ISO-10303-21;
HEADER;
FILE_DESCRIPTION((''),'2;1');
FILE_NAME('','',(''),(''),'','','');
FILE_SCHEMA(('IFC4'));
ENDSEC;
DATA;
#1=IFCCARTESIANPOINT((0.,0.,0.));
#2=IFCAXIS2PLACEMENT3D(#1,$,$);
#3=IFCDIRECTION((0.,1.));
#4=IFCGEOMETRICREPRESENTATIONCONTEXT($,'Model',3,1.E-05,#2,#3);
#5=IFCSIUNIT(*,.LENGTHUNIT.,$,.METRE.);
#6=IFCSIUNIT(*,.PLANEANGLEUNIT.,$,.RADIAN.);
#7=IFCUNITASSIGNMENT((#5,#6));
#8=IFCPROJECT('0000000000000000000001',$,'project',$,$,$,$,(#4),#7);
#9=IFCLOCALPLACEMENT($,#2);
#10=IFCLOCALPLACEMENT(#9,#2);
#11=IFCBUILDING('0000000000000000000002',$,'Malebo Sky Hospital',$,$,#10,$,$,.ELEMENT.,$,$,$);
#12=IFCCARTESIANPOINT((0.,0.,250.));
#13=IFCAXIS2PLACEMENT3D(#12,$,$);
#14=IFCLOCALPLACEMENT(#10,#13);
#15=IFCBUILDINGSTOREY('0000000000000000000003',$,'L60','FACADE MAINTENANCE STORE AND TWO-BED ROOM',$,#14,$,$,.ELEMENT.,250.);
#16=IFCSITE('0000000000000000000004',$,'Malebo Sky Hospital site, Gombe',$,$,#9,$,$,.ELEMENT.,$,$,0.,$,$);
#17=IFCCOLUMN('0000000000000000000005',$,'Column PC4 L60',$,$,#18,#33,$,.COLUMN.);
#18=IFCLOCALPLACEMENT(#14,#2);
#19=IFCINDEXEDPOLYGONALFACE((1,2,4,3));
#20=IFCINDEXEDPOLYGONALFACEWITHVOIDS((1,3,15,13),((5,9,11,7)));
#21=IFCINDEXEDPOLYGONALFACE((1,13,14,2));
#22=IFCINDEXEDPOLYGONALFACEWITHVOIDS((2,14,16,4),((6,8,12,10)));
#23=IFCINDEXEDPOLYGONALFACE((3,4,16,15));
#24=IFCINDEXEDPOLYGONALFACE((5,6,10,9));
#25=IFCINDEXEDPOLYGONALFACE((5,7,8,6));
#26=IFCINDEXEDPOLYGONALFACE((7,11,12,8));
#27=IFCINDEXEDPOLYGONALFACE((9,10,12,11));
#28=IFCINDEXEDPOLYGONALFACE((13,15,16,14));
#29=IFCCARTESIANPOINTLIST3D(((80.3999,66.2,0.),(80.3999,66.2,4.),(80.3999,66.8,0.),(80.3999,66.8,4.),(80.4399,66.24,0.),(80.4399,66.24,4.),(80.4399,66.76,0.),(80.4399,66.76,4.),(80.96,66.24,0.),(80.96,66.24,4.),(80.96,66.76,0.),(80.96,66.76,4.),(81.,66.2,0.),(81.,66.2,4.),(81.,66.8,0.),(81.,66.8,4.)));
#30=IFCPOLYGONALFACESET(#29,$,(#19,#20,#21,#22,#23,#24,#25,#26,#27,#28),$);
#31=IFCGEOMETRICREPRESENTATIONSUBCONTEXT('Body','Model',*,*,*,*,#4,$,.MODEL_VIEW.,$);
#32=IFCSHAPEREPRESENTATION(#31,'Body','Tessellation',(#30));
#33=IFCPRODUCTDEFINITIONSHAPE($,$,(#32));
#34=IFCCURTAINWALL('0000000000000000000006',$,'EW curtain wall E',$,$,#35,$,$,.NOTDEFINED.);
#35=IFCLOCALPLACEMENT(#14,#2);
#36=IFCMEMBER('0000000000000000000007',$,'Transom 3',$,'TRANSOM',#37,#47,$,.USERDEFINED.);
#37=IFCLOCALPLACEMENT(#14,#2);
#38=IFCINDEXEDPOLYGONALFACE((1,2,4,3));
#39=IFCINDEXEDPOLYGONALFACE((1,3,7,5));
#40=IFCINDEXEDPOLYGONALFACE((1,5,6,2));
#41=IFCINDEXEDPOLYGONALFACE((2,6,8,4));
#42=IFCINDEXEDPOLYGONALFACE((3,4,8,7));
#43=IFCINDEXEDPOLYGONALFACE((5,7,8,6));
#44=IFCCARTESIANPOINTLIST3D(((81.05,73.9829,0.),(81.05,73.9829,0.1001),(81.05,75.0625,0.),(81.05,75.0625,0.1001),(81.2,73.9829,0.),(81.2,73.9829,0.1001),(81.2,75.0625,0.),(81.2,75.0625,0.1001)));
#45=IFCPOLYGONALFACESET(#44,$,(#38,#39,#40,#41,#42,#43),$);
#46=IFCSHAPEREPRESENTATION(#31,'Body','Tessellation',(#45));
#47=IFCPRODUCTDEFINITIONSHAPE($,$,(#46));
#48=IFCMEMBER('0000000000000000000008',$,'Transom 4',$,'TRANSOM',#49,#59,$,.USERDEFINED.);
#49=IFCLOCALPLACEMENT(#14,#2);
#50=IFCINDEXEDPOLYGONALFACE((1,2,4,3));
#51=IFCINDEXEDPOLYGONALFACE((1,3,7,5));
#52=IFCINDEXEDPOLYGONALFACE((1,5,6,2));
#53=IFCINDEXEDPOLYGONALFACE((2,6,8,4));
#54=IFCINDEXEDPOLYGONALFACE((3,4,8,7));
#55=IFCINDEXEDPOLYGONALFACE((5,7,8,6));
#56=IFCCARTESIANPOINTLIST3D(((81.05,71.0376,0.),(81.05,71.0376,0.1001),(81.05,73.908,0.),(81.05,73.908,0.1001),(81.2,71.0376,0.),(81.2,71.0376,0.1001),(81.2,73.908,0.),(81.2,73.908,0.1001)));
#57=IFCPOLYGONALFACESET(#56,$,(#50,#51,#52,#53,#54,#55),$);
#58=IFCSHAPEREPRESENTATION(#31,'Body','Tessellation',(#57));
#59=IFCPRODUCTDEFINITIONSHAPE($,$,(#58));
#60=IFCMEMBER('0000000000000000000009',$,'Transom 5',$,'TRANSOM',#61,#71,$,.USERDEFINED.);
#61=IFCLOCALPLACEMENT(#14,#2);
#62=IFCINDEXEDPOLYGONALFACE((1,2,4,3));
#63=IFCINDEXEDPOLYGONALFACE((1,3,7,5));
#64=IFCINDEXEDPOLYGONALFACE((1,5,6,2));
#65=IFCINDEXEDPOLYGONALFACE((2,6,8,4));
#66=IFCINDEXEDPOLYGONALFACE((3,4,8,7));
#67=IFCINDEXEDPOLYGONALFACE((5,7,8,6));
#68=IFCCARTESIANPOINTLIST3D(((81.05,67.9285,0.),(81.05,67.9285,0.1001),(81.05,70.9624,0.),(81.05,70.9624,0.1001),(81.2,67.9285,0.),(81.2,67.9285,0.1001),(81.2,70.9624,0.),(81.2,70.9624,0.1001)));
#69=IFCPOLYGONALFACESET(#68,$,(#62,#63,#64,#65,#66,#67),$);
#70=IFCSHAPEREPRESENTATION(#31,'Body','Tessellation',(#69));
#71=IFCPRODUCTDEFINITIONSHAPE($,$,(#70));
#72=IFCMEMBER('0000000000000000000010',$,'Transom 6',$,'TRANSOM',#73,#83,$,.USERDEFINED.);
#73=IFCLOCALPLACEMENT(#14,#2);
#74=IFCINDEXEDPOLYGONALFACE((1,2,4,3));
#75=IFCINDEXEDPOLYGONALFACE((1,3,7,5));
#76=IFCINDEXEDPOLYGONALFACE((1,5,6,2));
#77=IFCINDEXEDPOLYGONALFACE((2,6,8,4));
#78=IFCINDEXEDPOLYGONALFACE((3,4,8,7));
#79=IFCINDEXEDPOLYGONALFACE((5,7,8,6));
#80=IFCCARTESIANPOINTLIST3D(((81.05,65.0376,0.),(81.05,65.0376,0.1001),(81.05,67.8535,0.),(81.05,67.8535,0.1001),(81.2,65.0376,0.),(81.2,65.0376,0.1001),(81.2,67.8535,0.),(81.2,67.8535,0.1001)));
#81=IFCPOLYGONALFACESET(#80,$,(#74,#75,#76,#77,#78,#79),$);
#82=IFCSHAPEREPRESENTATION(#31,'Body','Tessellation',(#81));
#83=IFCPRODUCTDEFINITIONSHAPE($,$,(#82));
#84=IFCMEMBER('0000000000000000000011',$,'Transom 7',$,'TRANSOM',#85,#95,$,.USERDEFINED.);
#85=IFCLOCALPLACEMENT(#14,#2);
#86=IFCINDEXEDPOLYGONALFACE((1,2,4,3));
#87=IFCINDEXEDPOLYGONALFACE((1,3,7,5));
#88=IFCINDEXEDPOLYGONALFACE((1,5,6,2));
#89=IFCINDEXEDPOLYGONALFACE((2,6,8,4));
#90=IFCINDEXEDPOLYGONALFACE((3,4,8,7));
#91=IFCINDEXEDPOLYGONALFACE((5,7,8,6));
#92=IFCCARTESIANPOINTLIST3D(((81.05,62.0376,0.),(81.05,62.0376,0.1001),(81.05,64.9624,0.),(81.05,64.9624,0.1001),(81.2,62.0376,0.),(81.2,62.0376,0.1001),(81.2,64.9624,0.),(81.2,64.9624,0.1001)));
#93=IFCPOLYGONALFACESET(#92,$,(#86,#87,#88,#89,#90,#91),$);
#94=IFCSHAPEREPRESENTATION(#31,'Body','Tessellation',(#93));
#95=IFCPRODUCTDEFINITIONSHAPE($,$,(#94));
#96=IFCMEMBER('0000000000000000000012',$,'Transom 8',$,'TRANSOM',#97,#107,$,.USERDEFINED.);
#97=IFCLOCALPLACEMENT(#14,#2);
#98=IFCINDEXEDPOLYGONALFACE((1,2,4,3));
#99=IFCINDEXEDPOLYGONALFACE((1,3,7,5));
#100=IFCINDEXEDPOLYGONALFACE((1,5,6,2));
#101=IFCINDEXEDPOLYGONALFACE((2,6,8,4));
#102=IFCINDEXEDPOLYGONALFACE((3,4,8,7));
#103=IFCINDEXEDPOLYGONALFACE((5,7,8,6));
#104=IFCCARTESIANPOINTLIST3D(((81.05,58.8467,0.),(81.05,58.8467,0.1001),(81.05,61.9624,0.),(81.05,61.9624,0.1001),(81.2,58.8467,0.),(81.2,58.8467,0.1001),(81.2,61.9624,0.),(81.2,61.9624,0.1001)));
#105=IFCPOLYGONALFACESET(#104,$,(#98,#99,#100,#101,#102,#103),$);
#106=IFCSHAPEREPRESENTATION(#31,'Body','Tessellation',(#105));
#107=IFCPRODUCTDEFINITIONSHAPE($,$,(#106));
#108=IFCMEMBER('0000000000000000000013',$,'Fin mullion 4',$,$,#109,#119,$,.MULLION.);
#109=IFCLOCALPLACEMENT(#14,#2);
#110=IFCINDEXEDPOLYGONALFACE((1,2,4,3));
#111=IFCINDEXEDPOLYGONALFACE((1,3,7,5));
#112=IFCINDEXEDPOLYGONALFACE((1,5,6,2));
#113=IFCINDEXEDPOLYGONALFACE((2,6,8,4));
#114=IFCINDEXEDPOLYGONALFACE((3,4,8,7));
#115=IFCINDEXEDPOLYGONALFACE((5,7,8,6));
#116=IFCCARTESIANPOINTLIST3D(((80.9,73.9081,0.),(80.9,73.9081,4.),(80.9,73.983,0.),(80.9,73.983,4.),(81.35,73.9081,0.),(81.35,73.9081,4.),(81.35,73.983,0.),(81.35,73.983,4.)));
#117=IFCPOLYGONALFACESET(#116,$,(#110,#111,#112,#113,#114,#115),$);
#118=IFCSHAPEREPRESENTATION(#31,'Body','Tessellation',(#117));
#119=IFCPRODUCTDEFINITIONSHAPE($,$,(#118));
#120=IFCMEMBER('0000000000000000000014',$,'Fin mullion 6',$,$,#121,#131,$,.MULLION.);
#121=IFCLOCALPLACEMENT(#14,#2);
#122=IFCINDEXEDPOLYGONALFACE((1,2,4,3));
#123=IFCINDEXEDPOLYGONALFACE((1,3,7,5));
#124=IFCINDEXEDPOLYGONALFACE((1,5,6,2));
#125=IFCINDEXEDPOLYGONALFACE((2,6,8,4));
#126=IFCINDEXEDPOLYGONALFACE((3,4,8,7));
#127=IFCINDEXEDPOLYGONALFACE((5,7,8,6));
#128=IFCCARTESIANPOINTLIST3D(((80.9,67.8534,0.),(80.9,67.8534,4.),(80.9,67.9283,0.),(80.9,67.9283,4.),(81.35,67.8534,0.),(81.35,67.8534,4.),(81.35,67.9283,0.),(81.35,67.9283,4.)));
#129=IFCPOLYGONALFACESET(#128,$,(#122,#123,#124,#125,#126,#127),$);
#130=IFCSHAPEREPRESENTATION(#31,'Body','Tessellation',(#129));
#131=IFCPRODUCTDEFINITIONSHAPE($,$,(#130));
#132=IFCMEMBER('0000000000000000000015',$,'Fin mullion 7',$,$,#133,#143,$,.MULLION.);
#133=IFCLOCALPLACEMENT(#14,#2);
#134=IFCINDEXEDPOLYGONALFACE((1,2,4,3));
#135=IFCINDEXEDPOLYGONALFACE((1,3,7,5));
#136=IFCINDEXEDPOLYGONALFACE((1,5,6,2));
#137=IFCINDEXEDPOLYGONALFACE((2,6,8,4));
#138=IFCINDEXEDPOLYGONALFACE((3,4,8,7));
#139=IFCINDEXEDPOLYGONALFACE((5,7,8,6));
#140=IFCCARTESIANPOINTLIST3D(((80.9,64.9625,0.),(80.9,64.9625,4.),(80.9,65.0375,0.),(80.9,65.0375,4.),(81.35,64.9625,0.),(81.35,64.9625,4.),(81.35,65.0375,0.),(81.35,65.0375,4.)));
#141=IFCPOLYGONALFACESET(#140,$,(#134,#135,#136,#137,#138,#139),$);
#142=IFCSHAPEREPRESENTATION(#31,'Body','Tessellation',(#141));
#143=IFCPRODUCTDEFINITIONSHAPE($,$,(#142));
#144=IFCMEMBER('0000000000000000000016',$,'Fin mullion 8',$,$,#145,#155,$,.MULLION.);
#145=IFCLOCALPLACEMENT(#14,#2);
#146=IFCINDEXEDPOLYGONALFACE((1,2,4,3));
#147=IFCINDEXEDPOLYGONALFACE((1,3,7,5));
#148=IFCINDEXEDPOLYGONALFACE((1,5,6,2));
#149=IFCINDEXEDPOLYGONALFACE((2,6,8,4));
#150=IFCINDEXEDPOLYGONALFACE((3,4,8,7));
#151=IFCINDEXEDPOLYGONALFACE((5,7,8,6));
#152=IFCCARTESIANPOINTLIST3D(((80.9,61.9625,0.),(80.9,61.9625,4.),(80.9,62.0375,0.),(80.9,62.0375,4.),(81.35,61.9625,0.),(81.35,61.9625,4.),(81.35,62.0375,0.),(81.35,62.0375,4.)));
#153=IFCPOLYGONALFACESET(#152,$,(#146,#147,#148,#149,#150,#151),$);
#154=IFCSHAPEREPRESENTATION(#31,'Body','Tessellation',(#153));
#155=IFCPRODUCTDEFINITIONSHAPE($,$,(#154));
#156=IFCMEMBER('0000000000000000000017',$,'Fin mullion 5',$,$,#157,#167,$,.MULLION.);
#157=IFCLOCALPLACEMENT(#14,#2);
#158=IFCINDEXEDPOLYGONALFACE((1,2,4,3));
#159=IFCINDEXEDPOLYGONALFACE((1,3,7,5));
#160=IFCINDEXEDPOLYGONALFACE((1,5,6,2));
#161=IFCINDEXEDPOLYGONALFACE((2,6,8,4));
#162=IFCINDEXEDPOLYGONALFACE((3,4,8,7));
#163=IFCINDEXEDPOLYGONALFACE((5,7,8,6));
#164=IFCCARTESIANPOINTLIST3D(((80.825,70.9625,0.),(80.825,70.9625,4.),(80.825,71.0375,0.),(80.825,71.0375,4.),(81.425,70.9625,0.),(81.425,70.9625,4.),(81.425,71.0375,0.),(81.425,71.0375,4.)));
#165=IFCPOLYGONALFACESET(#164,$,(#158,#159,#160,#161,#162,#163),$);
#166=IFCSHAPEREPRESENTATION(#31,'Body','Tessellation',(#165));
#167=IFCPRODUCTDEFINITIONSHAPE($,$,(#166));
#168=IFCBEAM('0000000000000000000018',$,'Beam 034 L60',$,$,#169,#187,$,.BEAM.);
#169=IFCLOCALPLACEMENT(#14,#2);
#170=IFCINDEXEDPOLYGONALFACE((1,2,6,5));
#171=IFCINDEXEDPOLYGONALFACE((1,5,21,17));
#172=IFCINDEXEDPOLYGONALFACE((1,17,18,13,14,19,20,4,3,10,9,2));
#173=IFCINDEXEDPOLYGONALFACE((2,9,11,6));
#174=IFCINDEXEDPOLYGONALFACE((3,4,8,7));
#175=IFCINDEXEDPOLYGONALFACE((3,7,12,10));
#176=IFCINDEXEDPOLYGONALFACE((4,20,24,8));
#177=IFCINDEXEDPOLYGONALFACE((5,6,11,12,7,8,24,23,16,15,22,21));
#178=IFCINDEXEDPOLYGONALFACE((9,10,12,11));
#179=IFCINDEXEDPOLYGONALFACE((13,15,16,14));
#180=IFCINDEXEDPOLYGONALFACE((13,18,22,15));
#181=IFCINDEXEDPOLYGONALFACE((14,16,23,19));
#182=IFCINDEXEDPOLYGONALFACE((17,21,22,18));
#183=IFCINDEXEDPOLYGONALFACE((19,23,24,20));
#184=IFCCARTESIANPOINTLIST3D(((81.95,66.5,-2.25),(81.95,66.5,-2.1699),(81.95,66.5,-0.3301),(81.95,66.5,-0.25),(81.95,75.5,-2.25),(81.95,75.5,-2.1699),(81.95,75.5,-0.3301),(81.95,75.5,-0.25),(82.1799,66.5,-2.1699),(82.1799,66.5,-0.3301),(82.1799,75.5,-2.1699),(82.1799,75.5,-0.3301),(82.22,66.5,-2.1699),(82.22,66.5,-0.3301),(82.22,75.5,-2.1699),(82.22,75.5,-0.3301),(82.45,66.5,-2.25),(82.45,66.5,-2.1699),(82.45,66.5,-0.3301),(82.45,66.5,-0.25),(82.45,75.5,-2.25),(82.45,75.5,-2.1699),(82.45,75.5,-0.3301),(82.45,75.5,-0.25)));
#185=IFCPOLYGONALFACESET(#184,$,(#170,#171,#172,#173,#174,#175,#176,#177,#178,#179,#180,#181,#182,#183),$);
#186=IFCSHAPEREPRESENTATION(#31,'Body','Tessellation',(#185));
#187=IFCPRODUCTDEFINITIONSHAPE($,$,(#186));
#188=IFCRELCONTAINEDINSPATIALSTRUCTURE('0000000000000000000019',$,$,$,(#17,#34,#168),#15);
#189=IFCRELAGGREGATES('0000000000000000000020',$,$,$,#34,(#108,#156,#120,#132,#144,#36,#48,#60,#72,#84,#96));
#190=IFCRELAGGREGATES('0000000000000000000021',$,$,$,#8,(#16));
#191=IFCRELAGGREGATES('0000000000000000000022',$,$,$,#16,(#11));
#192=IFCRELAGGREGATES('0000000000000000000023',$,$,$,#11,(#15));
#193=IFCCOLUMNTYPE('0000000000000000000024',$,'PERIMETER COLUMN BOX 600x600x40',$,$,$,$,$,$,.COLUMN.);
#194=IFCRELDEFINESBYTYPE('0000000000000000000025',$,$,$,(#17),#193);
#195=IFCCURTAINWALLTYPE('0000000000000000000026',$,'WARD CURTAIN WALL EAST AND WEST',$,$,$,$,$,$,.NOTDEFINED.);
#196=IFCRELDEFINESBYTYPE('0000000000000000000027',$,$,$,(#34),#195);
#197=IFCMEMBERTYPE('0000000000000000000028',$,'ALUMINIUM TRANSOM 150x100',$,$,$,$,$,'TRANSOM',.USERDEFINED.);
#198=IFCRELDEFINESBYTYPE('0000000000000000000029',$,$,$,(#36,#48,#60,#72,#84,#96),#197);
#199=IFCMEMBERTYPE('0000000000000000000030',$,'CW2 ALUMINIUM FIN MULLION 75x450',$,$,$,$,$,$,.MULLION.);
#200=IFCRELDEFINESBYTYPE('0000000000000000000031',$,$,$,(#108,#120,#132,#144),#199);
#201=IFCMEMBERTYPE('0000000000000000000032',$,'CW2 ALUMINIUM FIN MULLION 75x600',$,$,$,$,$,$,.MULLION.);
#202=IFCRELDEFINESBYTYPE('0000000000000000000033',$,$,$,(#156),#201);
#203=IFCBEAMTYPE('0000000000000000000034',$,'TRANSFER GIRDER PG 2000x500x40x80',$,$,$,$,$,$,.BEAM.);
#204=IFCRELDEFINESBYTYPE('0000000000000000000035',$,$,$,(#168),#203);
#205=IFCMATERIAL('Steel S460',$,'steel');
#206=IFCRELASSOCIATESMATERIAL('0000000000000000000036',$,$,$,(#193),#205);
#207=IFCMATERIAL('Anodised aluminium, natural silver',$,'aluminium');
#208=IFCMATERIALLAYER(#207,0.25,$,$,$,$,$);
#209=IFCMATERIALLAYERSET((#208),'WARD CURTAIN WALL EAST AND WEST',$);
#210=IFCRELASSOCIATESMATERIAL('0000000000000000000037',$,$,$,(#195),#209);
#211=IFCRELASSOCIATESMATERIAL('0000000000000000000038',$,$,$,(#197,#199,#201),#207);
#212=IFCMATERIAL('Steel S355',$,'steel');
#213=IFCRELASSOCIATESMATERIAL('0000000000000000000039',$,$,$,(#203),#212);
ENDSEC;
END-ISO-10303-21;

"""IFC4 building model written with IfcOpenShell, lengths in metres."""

from ifc_helpers import new_model, si_unit, direction, frame, origin, origin_2d, place, context, subcontext, project, spatial, rectangle, hollow_rectangle, i_section, extrude, material, layer, layer_set, material_profile, profile_set, type_object, element, aggregate, save


model = new_model("IFC4")

# Units and contexts
model_context = context("Model", 3, precision=1e-05, world=origin(), true_north=direction((0.0, 1.0)))
body_context = subcontext(model_context, "Body", "Model", "MODEL_VIEW")
ifc_project = project(units=[si_unit("LENGTHUNIT", "METRE"), si_unit("PLANEANGLEUNIT", "RADIAN")], contexts=[model_context])

# Site, building, storey
site_placement = place(None, origin())
site = spatial("IfcSite", under=ifc_project, at=site_placement, Name="Malebo Sky Hospital site, Gombe", CompositionType="ELEMENT", RefElevation=0.0)
building_placement = place(site_placement, origin())
building = spatial("IfcBuilding", under=site, at=building_placement, Name="Malebo Sky Hospital", CompositionType="ELEMENT")
storey_placement = place(building_placement, frame((0.0, 0.0, 250.0)))
storey = spatial("IfcBuildingStorey", under=building, at=storey_placement, Name="L60", Description="FACADE MAINTENANCE STORE AND TWO-BED ROOM", CompositionType="ELEMENT", Elevation=250.0)

# Column
ifc_material_1 = material(Name="Steel S460", Category="steel")
ifc_material_profile_1 = material_profile(ifc_material_1, hollow_rectangle(XDim=0.6001, YDim=0.6001, WallThickness=0.04, at=origin_2d()), Name="BOX 600x600x40")
ifc_profile_set_1 = profile_set([ifc_material_profile_1], Name="Steel S460")
column_type = type_object("IfcColumnType", Name="PERIMETER COLUMN BOX 600x600x40", PredefinedType="COLUMN", material=ifc_profile_set_1)
column_placement = place(storey_placement, frame((80.7, 66.5, 0.0), z_axis=(0.0, 0.0, 1.0), x_axis=(1.0, 0.0, 0.0)))
element("IfcColumn", 1, at=column_placement, inside=storey, type_object=column_type, Name="Column PC4 L60", PredefinedType="COLUMN", context=body_context, shape_type="SweptSolid", body=[
    extrude(hollow_rectangle(XDim=0.6001, YDim=0.6001, WallThickness=0.04, at=origin_2d()), origin(), (0.0, 0.0, 1.0), 4.0),
])

# Curtain wall, members
ifc_material_2 = material(Name="Anodised aluminium, natural silver", Category="aluminium")
ifc_layer_1 = layer(ifc_material_2, 0.25)
ifc_layer_set_1 = layer_set([ifc_layer_1], Name="WARD CURTAIN WALL EAST AND WEST")
curtain_wall_type = type_object("IfcCurtainWallType", Name="WARD CURTAIN WALL EAST AND WEST", PredefinedType="NOTDEFINED", material=ifc_layer_set_1)
curtain_wall_placement = place(storey_placement, origin())
curtain_wall = element("IfcCurtainWall", 2, at=curtain_wall_placement, inside=storey, type_object=curtain_wall_type, Name="EW curtain wall E", PredefinedType="NOTDEFINED")
ifc_material_profile_2 = material_profile(ifc_material_2, rectangle(XDim=0.1499, YDim=0.1001, at=origin_2d()), Name="ALUMINIUM TRANSOM 150x100")
ifc_profile_set_2 = profile_set([ifc_material_profile_2], Name="Anodised aluminium, natural silver")
member_type_1 = type_object("IfcMemberType", Name="ALUMINIUM TRANSOM 150x100", ElementType="TRANSOM", PredefinedType="USERDEFINED", material=ifc_profile_set_2)
member_1_placement = place(storey_placement, frame((81.125, 75.0625, 0.05), z_axis=(0.0, -1.0, 0.0), x_axis=(1.0, 0.0, 0.0)))
member_1 = element("IfcMember", 3, at=member_1_placement, type_object=member_type_1, Name="Transom 3", ObjectType="TRANSOM", PredefinedType="USERDEFINED", context=body_context, shape_type="SweptSolid", body=[
    extrude(rectangle(XDim=0.1499, YDim=0.1001, at=origin_2d()), origin(), (0.0, 0.0, 1.0), 1.0796),
])
member_2_placement = place(storey_placement, frame((81.125, 73.908, 0.05), z_axis=(0.0, -1.0, 0.0), x_axis=(1.0, 0.0, 0.0)))
member_2 = element("IfcMember", 4, at=member_2_placement, type_object=member_type_1, Name="Transom 4", ObjectType="TRANSOM", PredefinedType="USERDEFINED", context=body_context, shape_type="SweptSolid", body=[
    extrude(rectangle(XDim=0.1499, YDim=0.1001, at=origin_2d()), origin(), (0.0, 0.0, 1.0), 2.8704),
])
member_3_placement = place(storey_placement, frame((81.125, 70.9624, 0.05), z_axis=(0.0, -1.0, 0.0), x_axis=(1.0, 0.0, 0.0)))
member_3 = element("IfcMember", 5, at=member_3_placement, type_object=member_type_1, Name="Transom 5", ObjectType="TRANSOM", PredefinedType="USERDEFINED", context=body_context, shape_type="SweptSolid", body=[
    extrude(rectangle(XDim=0.1499, YDim=0.1001, at=origin_2d()), origin(), (0.0, 0.0, 1.0), 3.0339),
])
member_4_placement = place(storey_placement, frame((81.125, 67.8535, 0.05), z_axis=(0.0, -1.0, 0.0), x_axis=(1.0, 0.0, 0.0)))
member_4 = element("IfcMember", 6, at=member_4_placement, type_object=member_type_1, Name="Transom 6", ObjectType="TRANSOM", PredefinedType="USERDEFINED", context=body_context, shape_type="SweptSolid", body=[
    extrude(rectangle(XDim=0.1499, YDim=0.1001, at=origin_2d()), origin(), (0.0, 0.0, 1.0), 2.8159),
])
member_5_placement = place(storey_placement, frame((81.125, 64.9624, 0.05), z_axis=(0.0, -1.0, 0.0), x_axis=(1.0, 0.0, 0.0)))
member_5 = element("IfcMember", 7, at=member_5_placement, type_object=member_type_1, Name="Transom 7", ObjectType="TRANSOM", PredefinedType="USERDEFINED", context=body_context, shape_type="SweptSolid", body=[
    extrude(rectangle(XDim=0.1499, YDim=0.1001, at=origin_2d()), origin(), (0.0, 0.0, 1.0), 2.9248),
])
member_6_placement = place(storey_placement, frame((81.125, 61.9624, 0.05), z_axis=(0.0, -1.0, 0.0), x_axis=(1.0, 0.0, 0.0)))
member_6 = element("IfcMember", 8, at=member_6_placement, type_object=member_type_1, Name="Transom 8", ObjectType="TRANSOM", PredefinedType="USERDEFINED", context=body_context, shape_type="SweptSolid", body=[
    extrude(rectangle(XDim=0.1499, YDim=0.1001, at=origin_2d()), origin(), (0.0, 0.0, 1.0), 3.1157),
])
ifc_material_profile_3 = material_profile(ifc_material_2, rectangle(XDim=0.075, YDim=0.45, at=origin_2d()), Name="CW2 ALUMINIUM FIN MULLION 75x450")
ifc_profile_set_3 = profile_set([ifc_material_profile_3], Name="Anodised aluminium, natural silver")
member_type_2 = type_object("IfcMemberType", Name="CW2 ALUMINIUM FIN MULLION 75x450", PredefinedType="MULLION", material=ifc_profile_set_3)
member_7_placement = place(storey_placement, frame((81.125, 73.9456, 0.0), z_axis=(0.0, 0.0, 1.0), x_axis=(0.0, -1.0, 0.0)))
member_7 = element("IfcMember", 9, at=member_7_placement, type_object=member_type_2, Name="Fin mullion 4", PredefinedType="MULLION", context=body_context, shape_type="SweptSolid", body=[
    extrude(rectangle(XDim=0.075, YDim=0.45, at=origin_2d()), origin(), (0.0, 0.0, 1.0), 4.0),
])
member_8_placement = place(storey_placement, frame((81.125, 67.8909, 0.0), z_axis=(0.0, 0.0, 1.0), x_axis=(0.0, -1.0, 0.0)))
member_8 = element("IfcMember", 10, at=member_8_placement, type_object=member_type_2, Name="Fin mullion 6", PredefinedType="MULLION", context=body_context, shape_type="SweptSolid", body=[
    extrude(rectangle(XDim=0.075, YDim=0.45, at=origin_2d()), origin(), (0.0, 0.0, 1.0), 4.0),
])
member_9_placement = place(storey_placement, frame((81.125, 65.0, 0.0), z_axis=(0.0, 0.0, 1.0), x_axis=(0.0, -1.0, 0.0)))
member_9 = element("IfcMember", 11, at=member_9_placement, type_object=member_type_2, Name="Fin mullion 7", PredefinedType="MULLION", context=body_context, shape_type="SweptSolid", body=[
    extrude(rectangle(XDim=0.075, YDim=0.45, at=origin_2d()), origin(), (0.0, 0.0, 1.0), 4.0),
])
member_10_placement = place(storey_placement, frame((81.125, 62.0, 0.0), z_axis=(0.0, 0.0, 1.0), x_axis=(0.0, -1.0, 0.0)))
member_10 = element("IfcMember", 12, at=member_10_placement, type_object=member_type_2, Name="Fin mullion 8", PredefinedType="MULLION", context=body_context, shape_type="SweptSolid", body=[
    extrude(rectangle(XDim=0.075, YDim=0.45, at=origin_2d()), origin(), (0.0, 0.0, 1.0), 4.0),
])
ifc_material_profile_4 = material_profile(ifc_material_2, rectangle(XDim=0.075, YDim=0.6001, at=origin_2d()), Name="CW2 ALUMINIUM FIN MULLION 75x600")
ifc_profile_set_4 = profile_set([ifc_material_profile_4], Name="Anodised aluminium, natural silver")
member_type_3 = type_object("IfcMemberType", Name="CW2 ALUMINIUM FIN MULLION 75x600", PredefinedType="MULLION", material=ifc_profile_set_4)
member_11_placement = place(storey_placement, frame((81.125, 71.0, 0.0), z_axis=(0.0, 0.0, 1.0), x_axis=(0.0, -1.0, 0.0)))
member_11 = element("IfcMember", 13, at=member_11_placement, type_object=member_type_3, Name="Fin mullion 5", PredefinedType="MULLION", context=body_context, shape_type="SweptSolid", body=[
    extrude(rectangle(XDim=0.075, YDim=0.6001, at=origin_2d()), origin(), (0.0, 0.0, 1.0), 4.0),
])

# Beam
ifc_material_3 = material(Name="Steel S355", Category="steel")
ifc_material_profile_5 = material_profile(ifc_material_3, i_section(OverallWidth=0.5, OverallDepth=2.0, WebThickness=0.04, FlangeThickness=0.0801, at=origin_2d()), Name="PG 2000x500x40x80")
ifc_profile_set_5 = profile_set([ifc_material_profile_5], Name="Steel S355")
beam_type_1 = type_object("IfcBeamType", Name="TRANSFER GIRDER PG 2000x500x40x80", PredefinedType="BEAM", material=ifc_profile_set_5)
beam_1_placement = place(storey_placement, frame((82.2, 66.5, -1.25), z_axis=(0.0, 1.0, 0.0), x_axis=(-1.0, 0.0, 0.0)))
element("IfcBeam", 14, at=beam_1_placement, inside=storey, type_object=beam_type_1, Name="Beam 034 L60", PredefinedType="BEAM", context=body_context, shape_type="SweptSolid", body=[
    extrude(i_section(OverallWidth=0.5, OverallDepth=2.0, WebThickness=0.04, FlangeThickness=0.0801, at=origin_2d()), origin(), (0.0, 0.0, 1.0), 9.0),
])

aggregate(curtain_wall, [member_7, member_11, member_8, member_9, member_10, member_1, member_2, member_3, member_4, member_5, member_6])

save(model, "model.ifc")
